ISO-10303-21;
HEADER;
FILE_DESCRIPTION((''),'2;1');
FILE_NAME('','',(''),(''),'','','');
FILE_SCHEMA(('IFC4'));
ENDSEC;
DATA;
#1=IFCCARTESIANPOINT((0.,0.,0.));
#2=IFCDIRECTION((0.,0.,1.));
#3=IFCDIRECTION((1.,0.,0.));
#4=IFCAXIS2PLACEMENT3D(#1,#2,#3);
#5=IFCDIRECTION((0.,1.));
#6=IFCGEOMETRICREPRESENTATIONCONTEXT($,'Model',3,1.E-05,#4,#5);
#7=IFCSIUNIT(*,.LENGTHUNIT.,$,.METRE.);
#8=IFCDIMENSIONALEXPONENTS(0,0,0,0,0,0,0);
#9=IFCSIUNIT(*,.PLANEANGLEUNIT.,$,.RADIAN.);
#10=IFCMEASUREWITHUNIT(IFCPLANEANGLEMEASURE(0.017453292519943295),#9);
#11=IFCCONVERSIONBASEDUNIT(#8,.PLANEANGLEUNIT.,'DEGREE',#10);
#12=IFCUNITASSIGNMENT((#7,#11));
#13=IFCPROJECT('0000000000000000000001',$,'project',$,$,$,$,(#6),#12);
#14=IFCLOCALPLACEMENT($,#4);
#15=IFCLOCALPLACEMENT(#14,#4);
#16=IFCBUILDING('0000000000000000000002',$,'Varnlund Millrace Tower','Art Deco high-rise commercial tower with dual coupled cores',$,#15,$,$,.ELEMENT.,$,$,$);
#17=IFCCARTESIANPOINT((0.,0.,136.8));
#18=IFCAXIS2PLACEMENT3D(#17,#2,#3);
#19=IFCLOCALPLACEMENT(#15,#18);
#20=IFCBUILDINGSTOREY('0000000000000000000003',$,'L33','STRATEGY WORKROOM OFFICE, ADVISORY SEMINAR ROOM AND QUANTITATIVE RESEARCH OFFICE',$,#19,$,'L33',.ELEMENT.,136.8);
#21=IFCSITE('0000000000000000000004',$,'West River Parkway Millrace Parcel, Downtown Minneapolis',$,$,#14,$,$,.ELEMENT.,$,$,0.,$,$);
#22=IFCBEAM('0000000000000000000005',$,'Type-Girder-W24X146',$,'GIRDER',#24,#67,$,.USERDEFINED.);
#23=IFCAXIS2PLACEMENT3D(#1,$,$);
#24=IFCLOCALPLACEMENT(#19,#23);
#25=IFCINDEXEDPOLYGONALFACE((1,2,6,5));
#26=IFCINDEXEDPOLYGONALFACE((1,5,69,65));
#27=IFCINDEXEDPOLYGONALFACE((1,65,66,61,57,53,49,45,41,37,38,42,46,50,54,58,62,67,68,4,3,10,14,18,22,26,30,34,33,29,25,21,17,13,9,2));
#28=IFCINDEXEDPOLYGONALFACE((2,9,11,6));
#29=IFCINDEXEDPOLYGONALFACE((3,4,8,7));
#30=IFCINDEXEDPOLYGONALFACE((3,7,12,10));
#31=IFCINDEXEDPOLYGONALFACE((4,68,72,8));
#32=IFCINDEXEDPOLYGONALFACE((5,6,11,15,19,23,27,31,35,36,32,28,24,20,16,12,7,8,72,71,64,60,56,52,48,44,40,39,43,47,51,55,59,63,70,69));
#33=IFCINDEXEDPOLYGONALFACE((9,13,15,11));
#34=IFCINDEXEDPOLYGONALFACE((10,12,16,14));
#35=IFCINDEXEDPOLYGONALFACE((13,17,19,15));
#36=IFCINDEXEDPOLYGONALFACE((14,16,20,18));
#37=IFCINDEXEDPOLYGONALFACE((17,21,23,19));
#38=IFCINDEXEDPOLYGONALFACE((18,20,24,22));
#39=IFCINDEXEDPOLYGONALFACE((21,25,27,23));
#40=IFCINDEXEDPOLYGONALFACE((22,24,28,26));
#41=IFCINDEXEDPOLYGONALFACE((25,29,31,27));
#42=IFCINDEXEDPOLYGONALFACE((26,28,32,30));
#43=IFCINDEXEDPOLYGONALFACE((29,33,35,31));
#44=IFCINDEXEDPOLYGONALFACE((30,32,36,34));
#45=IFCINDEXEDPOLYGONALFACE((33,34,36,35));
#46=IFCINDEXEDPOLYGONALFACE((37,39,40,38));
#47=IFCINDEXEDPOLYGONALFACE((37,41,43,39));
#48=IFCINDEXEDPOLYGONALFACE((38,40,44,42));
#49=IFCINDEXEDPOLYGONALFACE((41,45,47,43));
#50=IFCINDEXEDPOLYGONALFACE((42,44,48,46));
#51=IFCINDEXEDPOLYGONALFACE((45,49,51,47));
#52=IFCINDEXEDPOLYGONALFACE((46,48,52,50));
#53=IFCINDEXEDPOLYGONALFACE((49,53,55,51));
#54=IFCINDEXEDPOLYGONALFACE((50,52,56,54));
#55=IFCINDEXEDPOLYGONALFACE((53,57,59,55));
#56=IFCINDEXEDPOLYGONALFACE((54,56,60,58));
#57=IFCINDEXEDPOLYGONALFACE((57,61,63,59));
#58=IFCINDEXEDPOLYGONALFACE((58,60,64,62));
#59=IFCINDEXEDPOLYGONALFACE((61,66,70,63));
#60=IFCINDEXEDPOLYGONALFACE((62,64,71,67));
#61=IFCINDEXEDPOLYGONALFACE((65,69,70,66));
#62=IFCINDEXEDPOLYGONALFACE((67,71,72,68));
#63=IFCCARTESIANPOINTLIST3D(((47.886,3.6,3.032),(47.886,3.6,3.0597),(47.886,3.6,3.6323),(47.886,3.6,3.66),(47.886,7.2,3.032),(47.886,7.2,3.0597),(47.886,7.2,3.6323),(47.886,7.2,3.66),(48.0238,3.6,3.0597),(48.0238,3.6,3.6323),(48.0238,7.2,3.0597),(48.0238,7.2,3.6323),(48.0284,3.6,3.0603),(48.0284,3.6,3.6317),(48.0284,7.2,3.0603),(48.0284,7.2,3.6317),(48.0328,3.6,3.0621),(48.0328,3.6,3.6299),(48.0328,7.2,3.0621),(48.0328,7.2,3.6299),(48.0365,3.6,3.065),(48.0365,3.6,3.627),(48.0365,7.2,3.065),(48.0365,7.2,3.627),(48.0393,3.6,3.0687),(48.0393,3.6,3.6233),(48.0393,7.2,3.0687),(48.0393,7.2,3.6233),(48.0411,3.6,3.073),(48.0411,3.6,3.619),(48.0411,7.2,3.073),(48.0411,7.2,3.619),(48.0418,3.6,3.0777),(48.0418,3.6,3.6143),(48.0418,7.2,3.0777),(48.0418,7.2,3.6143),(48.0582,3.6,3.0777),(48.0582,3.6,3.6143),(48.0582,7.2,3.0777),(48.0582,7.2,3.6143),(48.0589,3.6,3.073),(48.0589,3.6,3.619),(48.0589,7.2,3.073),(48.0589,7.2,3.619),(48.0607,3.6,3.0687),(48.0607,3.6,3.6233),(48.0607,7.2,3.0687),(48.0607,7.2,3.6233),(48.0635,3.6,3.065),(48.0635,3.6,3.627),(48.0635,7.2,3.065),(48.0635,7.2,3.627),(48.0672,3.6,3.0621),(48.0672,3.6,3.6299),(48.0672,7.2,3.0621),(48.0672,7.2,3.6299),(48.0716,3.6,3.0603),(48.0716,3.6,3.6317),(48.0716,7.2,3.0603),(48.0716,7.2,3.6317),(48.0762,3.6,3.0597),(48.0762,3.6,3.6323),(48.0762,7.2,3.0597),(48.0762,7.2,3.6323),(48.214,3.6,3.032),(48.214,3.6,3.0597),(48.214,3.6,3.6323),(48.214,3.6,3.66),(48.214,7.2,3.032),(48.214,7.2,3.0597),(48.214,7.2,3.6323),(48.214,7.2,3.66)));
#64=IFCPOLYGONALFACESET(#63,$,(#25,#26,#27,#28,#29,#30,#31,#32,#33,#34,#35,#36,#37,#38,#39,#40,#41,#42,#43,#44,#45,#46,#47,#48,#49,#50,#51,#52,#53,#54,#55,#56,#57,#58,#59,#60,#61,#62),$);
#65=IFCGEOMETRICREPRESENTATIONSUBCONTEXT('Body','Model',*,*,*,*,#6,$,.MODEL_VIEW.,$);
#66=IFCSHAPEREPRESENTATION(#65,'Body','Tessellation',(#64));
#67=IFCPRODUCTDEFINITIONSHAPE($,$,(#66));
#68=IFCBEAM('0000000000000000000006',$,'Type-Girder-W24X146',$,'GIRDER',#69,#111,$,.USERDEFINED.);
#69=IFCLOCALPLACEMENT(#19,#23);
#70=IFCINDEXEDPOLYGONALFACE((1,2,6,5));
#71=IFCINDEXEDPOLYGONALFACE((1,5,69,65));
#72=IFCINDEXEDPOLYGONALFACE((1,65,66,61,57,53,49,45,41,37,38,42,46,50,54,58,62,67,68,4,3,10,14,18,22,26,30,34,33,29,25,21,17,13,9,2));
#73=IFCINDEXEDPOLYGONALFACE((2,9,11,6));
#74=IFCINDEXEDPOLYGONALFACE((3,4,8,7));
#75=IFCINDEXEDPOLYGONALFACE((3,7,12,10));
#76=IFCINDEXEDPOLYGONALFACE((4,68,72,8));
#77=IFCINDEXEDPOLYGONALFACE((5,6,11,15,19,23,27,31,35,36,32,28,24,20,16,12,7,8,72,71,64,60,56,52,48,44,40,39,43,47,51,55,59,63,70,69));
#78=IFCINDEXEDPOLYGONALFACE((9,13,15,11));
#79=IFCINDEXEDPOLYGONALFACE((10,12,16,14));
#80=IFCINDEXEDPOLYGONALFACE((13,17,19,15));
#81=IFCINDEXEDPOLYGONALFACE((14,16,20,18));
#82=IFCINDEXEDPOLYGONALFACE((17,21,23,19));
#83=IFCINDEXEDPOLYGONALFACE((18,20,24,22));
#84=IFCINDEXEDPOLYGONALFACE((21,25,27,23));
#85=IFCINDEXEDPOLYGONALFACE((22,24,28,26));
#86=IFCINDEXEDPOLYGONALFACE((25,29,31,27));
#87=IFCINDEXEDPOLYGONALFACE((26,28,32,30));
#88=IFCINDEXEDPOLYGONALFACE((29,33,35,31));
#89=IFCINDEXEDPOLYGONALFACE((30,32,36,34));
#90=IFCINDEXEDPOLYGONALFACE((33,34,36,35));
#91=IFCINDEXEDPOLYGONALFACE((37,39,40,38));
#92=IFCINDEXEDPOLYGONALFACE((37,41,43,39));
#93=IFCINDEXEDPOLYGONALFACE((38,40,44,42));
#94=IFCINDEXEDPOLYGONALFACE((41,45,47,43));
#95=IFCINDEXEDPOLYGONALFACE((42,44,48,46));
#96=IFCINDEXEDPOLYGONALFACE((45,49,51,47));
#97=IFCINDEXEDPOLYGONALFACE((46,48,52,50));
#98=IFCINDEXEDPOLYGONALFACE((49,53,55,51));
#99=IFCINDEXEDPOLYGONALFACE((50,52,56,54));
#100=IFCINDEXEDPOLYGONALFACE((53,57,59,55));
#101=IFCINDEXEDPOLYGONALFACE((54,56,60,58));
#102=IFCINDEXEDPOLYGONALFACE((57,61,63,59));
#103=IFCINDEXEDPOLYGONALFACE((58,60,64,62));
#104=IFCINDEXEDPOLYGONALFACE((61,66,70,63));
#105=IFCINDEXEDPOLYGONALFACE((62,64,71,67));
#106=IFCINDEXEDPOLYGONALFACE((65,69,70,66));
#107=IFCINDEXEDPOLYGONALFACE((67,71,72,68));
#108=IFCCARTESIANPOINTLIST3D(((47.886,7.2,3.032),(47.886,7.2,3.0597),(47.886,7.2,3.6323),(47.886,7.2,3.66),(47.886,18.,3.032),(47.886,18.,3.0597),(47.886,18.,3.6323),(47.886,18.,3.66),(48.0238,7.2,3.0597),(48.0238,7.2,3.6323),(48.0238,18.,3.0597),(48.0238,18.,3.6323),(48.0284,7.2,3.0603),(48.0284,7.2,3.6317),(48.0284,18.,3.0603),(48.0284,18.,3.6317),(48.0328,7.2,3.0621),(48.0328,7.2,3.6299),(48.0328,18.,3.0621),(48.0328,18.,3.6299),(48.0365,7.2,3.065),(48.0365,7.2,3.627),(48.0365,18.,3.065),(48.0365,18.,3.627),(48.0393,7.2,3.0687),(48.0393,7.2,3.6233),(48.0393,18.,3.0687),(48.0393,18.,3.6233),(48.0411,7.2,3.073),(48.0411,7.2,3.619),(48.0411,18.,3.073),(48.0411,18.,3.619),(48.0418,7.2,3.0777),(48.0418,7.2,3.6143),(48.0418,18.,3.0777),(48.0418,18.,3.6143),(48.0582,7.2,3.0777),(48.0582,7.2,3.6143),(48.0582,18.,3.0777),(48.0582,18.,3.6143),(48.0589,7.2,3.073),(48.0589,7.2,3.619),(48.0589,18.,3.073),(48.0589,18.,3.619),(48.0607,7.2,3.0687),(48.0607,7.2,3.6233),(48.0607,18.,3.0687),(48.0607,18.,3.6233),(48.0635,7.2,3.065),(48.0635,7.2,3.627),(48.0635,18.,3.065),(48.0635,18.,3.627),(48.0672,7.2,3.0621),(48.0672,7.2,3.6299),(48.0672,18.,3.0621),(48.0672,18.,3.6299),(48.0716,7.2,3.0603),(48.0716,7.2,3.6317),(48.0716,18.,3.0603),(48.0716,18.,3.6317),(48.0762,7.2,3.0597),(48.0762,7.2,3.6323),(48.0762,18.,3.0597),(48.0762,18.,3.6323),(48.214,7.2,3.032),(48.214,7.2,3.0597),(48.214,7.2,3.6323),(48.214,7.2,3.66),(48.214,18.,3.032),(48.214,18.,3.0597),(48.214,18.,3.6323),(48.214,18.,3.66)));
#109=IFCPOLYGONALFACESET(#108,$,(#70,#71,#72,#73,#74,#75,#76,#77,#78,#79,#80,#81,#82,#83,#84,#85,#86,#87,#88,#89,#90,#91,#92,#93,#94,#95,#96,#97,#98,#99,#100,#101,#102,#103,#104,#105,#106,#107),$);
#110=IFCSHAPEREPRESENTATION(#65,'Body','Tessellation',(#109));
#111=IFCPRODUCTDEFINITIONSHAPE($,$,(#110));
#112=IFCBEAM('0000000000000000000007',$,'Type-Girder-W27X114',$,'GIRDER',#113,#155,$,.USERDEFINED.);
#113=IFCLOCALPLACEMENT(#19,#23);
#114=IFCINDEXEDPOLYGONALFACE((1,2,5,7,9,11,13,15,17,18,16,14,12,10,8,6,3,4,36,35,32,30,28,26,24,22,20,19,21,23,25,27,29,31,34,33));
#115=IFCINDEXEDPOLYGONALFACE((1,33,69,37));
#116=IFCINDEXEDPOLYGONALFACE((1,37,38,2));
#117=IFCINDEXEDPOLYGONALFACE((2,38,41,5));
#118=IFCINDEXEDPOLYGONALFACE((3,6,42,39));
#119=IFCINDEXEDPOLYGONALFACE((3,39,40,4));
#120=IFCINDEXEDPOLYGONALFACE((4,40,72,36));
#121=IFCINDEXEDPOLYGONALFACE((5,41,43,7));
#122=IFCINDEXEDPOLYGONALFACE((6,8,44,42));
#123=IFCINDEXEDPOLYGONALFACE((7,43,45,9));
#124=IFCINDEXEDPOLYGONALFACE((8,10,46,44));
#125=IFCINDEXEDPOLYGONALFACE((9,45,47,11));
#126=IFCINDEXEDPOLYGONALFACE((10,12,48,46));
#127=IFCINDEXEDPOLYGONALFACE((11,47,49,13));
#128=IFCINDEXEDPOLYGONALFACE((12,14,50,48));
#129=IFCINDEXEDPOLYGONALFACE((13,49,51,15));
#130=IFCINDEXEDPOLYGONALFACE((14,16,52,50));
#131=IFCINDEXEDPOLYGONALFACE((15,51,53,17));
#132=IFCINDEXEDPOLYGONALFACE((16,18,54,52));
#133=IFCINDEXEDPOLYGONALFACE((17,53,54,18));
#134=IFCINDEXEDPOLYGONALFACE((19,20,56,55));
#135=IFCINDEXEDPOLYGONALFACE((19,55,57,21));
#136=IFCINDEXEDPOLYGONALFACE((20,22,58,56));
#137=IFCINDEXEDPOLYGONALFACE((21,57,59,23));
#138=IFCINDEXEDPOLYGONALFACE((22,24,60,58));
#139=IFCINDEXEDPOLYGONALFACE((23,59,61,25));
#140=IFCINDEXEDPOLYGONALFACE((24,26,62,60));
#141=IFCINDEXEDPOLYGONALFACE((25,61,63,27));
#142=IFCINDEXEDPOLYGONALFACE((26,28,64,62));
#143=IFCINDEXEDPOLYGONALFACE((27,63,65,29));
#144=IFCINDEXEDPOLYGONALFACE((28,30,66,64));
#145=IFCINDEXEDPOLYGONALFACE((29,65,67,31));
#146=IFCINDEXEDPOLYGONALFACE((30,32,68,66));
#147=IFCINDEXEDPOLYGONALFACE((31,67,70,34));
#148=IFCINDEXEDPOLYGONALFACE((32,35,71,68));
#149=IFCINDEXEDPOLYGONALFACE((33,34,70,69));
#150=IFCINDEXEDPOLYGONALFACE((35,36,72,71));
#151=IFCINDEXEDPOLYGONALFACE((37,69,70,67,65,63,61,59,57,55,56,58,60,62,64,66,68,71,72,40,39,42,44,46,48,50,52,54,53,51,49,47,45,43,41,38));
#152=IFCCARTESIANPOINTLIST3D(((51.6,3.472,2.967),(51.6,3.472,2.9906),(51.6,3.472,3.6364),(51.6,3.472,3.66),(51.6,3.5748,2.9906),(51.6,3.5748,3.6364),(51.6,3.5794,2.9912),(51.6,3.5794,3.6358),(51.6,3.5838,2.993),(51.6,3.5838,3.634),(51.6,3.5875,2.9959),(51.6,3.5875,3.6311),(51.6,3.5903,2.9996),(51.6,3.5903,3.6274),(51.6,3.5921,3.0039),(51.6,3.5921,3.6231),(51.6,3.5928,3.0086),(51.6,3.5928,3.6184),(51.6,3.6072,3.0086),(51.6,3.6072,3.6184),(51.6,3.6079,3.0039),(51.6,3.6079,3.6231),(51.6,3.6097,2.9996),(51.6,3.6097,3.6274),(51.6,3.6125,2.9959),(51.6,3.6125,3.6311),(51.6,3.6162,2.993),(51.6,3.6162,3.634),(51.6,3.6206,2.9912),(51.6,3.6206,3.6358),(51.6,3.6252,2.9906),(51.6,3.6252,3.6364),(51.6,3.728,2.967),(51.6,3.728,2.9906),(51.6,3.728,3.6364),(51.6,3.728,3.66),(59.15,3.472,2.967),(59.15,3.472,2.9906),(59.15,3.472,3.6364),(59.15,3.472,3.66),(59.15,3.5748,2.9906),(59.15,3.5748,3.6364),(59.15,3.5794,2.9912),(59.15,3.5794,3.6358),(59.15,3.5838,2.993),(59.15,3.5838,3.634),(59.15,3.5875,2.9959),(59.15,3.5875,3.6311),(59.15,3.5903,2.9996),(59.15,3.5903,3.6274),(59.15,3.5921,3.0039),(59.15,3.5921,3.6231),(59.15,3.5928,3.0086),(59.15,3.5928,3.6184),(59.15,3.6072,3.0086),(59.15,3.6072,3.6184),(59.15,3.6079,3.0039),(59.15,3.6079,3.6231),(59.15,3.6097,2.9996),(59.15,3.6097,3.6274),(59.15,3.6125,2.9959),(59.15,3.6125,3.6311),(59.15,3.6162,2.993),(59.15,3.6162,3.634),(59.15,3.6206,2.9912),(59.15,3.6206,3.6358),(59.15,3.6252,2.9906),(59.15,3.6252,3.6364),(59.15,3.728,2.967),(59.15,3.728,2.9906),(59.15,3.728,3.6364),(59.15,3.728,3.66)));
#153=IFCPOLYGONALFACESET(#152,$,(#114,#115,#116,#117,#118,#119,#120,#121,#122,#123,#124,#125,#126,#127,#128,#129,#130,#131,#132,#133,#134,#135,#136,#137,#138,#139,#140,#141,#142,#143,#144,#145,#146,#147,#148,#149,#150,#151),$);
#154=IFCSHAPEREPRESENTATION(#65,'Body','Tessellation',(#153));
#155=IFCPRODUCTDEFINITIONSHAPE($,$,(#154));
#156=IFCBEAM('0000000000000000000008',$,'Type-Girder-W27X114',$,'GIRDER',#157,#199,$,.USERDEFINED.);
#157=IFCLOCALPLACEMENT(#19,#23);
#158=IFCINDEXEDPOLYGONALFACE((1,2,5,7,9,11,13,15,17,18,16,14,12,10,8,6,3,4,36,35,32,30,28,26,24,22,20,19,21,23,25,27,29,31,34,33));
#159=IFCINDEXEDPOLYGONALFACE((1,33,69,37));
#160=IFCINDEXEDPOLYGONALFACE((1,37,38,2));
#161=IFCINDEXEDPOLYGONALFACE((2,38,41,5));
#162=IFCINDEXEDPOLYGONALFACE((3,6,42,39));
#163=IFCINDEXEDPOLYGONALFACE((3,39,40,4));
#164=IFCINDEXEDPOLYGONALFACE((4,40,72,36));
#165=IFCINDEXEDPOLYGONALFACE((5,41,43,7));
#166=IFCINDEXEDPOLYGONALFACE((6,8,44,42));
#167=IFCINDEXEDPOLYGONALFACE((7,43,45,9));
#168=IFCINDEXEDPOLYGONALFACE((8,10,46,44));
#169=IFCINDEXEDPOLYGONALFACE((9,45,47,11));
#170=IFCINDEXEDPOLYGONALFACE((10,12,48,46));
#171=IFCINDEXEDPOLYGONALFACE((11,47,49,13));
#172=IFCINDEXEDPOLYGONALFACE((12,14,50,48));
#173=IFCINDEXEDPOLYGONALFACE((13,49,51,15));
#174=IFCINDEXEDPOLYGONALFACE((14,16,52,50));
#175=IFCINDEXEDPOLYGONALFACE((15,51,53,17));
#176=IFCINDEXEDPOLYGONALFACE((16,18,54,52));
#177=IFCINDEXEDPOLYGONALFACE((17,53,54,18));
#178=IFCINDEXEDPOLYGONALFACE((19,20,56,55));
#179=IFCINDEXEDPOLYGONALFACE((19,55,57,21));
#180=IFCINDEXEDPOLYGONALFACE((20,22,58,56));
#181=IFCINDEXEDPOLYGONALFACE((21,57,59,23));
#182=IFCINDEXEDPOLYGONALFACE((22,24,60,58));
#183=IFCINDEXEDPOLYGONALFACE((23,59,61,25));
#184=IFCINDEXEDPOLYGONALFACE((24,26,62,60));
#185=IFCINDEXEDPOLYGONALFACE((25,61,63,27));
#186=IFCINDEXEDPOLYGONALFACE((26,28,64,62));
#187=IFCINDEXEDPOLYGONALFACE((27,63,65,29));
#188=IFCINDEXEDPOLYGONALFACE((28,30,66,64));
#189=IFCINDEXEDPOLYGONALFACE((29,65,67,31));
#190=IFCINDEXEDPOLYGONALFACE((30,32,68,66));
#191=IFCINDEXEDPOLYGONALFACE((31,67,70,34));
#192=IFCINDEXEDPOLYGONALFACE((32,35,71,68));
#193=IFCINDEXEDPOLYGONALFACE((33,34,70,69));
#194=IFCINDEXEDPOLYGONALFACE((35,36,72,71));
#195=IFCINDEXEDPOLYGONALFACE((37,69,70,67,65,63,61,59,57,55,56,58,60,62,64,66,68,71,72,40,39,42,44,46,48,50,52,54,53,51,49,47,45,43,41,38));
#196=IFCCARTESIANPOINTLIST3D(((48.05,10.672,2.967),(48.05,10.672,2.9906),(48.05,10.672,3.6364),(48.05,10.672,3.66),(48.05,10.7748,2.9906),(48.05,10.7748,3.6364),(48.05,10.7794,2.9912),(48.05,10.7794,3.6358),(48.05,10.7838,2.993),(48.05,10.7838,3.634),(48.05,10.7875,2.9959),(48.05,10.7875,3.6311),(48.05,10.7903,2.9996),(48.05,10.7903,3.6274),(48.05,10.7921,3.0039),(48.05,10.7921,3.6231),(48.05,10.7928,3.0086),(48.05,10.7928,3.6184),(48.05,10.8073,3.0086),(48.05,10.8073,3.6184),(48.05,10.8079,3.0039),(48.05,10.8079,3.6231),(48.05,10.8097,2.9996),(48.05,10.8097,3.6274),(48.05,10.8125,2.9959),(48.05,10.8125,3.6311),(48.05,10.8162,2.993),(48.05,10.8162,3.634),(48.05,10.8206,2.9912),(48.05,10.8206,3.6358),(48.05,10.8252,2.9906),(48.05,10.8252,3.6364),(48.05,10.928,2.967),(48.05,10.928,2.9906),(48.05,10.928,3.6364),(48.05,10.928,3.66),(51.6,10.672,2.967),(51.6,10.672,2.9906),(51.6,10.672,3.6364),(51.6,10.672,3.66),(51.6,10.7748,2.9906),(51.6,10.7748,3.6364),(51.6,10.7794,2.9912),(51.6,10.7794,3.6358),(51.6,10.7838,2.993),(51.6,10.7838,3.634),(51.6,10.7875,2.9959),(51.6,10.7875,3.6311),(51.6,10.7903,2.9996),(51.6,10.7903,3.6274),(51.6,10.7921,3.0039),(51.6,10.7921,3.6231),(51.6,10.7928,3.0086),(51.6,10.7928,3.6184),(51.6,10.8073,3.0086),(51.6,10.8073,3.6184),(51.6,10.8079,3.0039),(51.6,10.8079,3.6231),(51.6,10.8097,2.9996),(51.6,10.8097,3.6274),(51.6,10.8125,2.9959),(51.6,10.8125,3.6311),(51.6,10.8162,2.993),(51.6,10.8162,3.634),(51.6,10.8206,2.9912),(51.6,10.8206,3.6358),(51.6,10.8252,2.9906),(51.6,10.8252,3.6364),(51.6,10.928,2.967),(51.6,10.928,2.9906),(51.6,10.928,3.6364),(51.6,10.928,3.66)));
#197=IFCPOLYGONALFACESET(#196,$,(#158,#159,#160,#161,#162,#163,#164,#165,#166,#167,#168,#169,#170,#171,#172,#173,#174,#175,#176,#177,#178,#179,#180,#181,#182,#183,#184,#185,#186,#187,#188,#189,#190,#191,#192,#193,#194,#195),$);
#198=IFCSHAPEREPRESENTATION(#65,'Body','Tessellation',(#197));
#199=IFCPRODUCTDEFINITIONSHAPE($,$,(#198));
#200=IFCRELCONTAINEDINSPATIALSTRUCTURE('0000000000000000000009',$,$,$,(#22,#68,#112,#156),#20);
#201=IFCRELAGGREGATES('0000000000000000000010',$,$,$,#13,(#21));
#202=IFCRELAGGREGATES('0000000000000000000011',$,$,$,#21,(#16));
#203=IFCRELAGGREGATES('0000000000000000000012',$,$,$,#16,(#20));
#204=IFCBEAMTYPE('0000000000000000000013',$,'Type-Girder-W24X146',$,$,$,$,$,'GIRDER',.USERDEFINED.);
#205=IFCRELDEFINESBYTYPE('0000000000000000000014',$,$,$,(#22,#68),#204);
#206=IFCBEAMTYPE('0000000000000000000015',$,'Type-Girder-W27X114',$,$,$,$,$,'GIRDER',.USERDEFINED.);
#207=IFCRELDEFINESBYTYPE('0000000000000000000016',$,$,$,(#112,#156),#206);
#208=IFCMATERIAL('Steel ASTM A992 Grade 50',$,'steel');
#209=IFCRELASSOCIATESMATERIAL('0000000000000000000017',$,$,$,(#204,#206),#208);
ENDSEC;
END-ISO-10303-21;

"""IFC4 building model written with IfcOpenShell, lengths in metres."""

from ifc_helpers import new_model, entity, si_unit, converted_unit, direction, frame, origin_with_axes, origin_2d_with_axis, place, context, subcontext, project, spatial, i_section, extrude, material, material_profile, profile_set, type_object, element, save


model = new_model("IFC4")

# Units and contexts
model_context = context("Model", 3, precision=1e-05, world=origin_with_axes(), true_north=direction((0.0, 1.0)))
body_context = subcontext(model_context, "Body", "Model", "MODEL_VIEW")
ifc_project = project(units=[si_unit("LENGTHUNIT", "METRE"), converted_unit("PLANEANGLEUNIT", "DEGREE", entity("IfcPlaneAngleMeasure", 0.017453292519943295), si_unit("PLANEANGLEUNIT", "RADIAN"), dimensions=[0, 0, 0, 0, 0, 0, 0])], contexts=[model_context])

# Site, building, storey
site_placement = place(None, origin_with_axes())
site = spatial("IfcSite", under=ifc_project, at=site_placement, Name="West River Parkway Millrace Parcel, Downtown Minneapolis", CompositionType="ELEMENT", RefElevation=0.0)
building_placement = place(site_placement, origin_with_axes())
building = spatial("IfcBuilding", under=site, at=building_placement, Name="Varnlund Millrace Tower", Description="Art Deco high-rise commercial tower with dual coupled cores", CompositionType="ELEMENT")
storey_placement = place(building_placement, frame((0.0, 0.0, 136.8), z_axis=(0.0, 0.0, 1.0), x_axis=(1.0, 0.0, 0.0)))
storey = spatial("IfcBuildingStorey", under=building, at=storey_placement, Name="L33", Description="STRATEGY WORKROOM OFFICE, ADVISORY SEMINAR ROOM AND QUANTITATIVE RESEARCH OFFICE", LongName="L33", CompositionType="ELEMENT", Elevation=136.8)

# Beams
ifc_material_1 = material(Name="Steel ASTM A992 Grade 50", Category="steel")
ifc_material_profile_1 = material_profile(ifc_material_1, i_section(OverallWidth=0.328, OverallDepth=0.628, WebThickness=0.0165, FlangeThickness=0.0277, FilletRadius=0.018, at=origin_2d_with_axis()), Name="Steel ASTM A992 Grade 50")
ifc_profile_set_1 = profile_set([ifc_material_profile_1], Name="Steel ASTM A992 Grade 50")
beam_type_1 = type_object("IfcBeamType", Name="Type-Girder-W24X146", ElementType="GIRDER", PredefinedType="USERDEFINED", material=ifc_profile_set_1)
beam_1_placement = place(storey_placement, frame((48.05, 3.6, 3.346), z_axis=(0.0, 1.0, 0.0), x_axis=(-1.0, 0.0, 0.0)))
element("IfcBeam", 1, at=beam_1_placement, inside=storey, type_object=beam_type_1, Name="Type-Girder-W24X146", ObjectType="GIRDER", PredefinedType="USERDEFINED", context=body_context, shape_type="SweptSolid", body=[
    extrude(i_section(OverallWidth=0.328, OverallDepth=0.628, WebThickness=0.0165, FlangeThickness=0.0277, FilletRadius=0.018, at=origin_2d_with_axis()), origin_with_axes(), (0.0, 0.0, 1.0), 3.6),
])
beam_2_placement = place(storey_placement, frame((48.05, 7.2, 3.346), z_axis=(0.0, 1.0, 0.0), x_axis=(-1.0, 0.0, 0.0)))
element("IfcBeam", 2, at=beam_2_placement, inside=storey, type_object=beam_type_1, Name="Type-Girder-W24X146", ObjectType="GIRDER", PredefinedType="USERDEFINED", context=body_context, shape_type="SweptSolid", body=[
    extrude(i_section(OverallWidth=0.328, OverallDepth=0.628, WebThickness=0.0165, FlangeThickness=0.0277, FilletRadius=0.018, at=origin_2d_with_axis()), origin_with_axes(), (0.0, 0.0, 1.0), 10.8),
])
ifc_material_profile_2 = material_profile(ifc_material_1, i_section(OverallWidth=0.256, OverallDepth=0.693, WebThickness=0.0145, FlangeThickness=0.0236, FilletRadius=0.018, at=origin_2d_with_axis()), Name="Steel ASTM A992 Grade 50")
ifc_profile_set_2 = profile_set([ifc_material_profile_2], Name="Steel ASTM A992 Grade 50")
beam_type_2 = type_object("IfcBeamType", Name="Type-Girder-W27X114", ElementType="GIRDER", PredefinedType="USERDEFINED", material=ifc_profile_set_2)
beam_3_placement = place(storey_placement, frame((51.6, 3.6, 3.3135), z_axis=(1.0, 0.0, 0.0), x_axis=(0.0, 1.0, 0.0)))
element("IfcBeam", 3, at=beam_3_placement, inside=storey, type_object=beam_type_2, Name="Type-Girder-W27X114", ObjectType="GIRDER", PredefinedType="USERDEFINED", context=body_context, shape_type="SweptSolid", body=[
    extrude(i_section(OverallWidth=0.256, OverallDepth=0.693, WebThickness=0.0145, FlangeThickness=0.0236, FilletRadius=0.018, at=origin_2d_with_axis()), origin_with_axes(), (0.0, 0.0, 1.0), 7.55),
])
beam_4_placement = place(storey_placement, frame((48.05, 10.8, 3.3135), z_axis=(1.0, 0.0, 0.0), x_axis=(0.0, 1.0, 0.0)))
element("IfcBeam", 4, at=beam_4_placement, inside=storey, type_object=beam_type_2, Name="Type-Girder-W27X114", ObjectType="GIRDER", PredefinedType="USERDEFINED", context=body_context, shape_type="SweptSolid", body=[
    extrude(i_section(OverallWidth=0.256, OverallDepth=0.693, WebThickness=0.0145, FlangeThickness=0.0236, FilletRadius=0.018, at=origin_2d_with_axis()), origin_with_axes(), (0.0, 0.0, 1.0), 3.55),
])

save(model, "model.ifc")
